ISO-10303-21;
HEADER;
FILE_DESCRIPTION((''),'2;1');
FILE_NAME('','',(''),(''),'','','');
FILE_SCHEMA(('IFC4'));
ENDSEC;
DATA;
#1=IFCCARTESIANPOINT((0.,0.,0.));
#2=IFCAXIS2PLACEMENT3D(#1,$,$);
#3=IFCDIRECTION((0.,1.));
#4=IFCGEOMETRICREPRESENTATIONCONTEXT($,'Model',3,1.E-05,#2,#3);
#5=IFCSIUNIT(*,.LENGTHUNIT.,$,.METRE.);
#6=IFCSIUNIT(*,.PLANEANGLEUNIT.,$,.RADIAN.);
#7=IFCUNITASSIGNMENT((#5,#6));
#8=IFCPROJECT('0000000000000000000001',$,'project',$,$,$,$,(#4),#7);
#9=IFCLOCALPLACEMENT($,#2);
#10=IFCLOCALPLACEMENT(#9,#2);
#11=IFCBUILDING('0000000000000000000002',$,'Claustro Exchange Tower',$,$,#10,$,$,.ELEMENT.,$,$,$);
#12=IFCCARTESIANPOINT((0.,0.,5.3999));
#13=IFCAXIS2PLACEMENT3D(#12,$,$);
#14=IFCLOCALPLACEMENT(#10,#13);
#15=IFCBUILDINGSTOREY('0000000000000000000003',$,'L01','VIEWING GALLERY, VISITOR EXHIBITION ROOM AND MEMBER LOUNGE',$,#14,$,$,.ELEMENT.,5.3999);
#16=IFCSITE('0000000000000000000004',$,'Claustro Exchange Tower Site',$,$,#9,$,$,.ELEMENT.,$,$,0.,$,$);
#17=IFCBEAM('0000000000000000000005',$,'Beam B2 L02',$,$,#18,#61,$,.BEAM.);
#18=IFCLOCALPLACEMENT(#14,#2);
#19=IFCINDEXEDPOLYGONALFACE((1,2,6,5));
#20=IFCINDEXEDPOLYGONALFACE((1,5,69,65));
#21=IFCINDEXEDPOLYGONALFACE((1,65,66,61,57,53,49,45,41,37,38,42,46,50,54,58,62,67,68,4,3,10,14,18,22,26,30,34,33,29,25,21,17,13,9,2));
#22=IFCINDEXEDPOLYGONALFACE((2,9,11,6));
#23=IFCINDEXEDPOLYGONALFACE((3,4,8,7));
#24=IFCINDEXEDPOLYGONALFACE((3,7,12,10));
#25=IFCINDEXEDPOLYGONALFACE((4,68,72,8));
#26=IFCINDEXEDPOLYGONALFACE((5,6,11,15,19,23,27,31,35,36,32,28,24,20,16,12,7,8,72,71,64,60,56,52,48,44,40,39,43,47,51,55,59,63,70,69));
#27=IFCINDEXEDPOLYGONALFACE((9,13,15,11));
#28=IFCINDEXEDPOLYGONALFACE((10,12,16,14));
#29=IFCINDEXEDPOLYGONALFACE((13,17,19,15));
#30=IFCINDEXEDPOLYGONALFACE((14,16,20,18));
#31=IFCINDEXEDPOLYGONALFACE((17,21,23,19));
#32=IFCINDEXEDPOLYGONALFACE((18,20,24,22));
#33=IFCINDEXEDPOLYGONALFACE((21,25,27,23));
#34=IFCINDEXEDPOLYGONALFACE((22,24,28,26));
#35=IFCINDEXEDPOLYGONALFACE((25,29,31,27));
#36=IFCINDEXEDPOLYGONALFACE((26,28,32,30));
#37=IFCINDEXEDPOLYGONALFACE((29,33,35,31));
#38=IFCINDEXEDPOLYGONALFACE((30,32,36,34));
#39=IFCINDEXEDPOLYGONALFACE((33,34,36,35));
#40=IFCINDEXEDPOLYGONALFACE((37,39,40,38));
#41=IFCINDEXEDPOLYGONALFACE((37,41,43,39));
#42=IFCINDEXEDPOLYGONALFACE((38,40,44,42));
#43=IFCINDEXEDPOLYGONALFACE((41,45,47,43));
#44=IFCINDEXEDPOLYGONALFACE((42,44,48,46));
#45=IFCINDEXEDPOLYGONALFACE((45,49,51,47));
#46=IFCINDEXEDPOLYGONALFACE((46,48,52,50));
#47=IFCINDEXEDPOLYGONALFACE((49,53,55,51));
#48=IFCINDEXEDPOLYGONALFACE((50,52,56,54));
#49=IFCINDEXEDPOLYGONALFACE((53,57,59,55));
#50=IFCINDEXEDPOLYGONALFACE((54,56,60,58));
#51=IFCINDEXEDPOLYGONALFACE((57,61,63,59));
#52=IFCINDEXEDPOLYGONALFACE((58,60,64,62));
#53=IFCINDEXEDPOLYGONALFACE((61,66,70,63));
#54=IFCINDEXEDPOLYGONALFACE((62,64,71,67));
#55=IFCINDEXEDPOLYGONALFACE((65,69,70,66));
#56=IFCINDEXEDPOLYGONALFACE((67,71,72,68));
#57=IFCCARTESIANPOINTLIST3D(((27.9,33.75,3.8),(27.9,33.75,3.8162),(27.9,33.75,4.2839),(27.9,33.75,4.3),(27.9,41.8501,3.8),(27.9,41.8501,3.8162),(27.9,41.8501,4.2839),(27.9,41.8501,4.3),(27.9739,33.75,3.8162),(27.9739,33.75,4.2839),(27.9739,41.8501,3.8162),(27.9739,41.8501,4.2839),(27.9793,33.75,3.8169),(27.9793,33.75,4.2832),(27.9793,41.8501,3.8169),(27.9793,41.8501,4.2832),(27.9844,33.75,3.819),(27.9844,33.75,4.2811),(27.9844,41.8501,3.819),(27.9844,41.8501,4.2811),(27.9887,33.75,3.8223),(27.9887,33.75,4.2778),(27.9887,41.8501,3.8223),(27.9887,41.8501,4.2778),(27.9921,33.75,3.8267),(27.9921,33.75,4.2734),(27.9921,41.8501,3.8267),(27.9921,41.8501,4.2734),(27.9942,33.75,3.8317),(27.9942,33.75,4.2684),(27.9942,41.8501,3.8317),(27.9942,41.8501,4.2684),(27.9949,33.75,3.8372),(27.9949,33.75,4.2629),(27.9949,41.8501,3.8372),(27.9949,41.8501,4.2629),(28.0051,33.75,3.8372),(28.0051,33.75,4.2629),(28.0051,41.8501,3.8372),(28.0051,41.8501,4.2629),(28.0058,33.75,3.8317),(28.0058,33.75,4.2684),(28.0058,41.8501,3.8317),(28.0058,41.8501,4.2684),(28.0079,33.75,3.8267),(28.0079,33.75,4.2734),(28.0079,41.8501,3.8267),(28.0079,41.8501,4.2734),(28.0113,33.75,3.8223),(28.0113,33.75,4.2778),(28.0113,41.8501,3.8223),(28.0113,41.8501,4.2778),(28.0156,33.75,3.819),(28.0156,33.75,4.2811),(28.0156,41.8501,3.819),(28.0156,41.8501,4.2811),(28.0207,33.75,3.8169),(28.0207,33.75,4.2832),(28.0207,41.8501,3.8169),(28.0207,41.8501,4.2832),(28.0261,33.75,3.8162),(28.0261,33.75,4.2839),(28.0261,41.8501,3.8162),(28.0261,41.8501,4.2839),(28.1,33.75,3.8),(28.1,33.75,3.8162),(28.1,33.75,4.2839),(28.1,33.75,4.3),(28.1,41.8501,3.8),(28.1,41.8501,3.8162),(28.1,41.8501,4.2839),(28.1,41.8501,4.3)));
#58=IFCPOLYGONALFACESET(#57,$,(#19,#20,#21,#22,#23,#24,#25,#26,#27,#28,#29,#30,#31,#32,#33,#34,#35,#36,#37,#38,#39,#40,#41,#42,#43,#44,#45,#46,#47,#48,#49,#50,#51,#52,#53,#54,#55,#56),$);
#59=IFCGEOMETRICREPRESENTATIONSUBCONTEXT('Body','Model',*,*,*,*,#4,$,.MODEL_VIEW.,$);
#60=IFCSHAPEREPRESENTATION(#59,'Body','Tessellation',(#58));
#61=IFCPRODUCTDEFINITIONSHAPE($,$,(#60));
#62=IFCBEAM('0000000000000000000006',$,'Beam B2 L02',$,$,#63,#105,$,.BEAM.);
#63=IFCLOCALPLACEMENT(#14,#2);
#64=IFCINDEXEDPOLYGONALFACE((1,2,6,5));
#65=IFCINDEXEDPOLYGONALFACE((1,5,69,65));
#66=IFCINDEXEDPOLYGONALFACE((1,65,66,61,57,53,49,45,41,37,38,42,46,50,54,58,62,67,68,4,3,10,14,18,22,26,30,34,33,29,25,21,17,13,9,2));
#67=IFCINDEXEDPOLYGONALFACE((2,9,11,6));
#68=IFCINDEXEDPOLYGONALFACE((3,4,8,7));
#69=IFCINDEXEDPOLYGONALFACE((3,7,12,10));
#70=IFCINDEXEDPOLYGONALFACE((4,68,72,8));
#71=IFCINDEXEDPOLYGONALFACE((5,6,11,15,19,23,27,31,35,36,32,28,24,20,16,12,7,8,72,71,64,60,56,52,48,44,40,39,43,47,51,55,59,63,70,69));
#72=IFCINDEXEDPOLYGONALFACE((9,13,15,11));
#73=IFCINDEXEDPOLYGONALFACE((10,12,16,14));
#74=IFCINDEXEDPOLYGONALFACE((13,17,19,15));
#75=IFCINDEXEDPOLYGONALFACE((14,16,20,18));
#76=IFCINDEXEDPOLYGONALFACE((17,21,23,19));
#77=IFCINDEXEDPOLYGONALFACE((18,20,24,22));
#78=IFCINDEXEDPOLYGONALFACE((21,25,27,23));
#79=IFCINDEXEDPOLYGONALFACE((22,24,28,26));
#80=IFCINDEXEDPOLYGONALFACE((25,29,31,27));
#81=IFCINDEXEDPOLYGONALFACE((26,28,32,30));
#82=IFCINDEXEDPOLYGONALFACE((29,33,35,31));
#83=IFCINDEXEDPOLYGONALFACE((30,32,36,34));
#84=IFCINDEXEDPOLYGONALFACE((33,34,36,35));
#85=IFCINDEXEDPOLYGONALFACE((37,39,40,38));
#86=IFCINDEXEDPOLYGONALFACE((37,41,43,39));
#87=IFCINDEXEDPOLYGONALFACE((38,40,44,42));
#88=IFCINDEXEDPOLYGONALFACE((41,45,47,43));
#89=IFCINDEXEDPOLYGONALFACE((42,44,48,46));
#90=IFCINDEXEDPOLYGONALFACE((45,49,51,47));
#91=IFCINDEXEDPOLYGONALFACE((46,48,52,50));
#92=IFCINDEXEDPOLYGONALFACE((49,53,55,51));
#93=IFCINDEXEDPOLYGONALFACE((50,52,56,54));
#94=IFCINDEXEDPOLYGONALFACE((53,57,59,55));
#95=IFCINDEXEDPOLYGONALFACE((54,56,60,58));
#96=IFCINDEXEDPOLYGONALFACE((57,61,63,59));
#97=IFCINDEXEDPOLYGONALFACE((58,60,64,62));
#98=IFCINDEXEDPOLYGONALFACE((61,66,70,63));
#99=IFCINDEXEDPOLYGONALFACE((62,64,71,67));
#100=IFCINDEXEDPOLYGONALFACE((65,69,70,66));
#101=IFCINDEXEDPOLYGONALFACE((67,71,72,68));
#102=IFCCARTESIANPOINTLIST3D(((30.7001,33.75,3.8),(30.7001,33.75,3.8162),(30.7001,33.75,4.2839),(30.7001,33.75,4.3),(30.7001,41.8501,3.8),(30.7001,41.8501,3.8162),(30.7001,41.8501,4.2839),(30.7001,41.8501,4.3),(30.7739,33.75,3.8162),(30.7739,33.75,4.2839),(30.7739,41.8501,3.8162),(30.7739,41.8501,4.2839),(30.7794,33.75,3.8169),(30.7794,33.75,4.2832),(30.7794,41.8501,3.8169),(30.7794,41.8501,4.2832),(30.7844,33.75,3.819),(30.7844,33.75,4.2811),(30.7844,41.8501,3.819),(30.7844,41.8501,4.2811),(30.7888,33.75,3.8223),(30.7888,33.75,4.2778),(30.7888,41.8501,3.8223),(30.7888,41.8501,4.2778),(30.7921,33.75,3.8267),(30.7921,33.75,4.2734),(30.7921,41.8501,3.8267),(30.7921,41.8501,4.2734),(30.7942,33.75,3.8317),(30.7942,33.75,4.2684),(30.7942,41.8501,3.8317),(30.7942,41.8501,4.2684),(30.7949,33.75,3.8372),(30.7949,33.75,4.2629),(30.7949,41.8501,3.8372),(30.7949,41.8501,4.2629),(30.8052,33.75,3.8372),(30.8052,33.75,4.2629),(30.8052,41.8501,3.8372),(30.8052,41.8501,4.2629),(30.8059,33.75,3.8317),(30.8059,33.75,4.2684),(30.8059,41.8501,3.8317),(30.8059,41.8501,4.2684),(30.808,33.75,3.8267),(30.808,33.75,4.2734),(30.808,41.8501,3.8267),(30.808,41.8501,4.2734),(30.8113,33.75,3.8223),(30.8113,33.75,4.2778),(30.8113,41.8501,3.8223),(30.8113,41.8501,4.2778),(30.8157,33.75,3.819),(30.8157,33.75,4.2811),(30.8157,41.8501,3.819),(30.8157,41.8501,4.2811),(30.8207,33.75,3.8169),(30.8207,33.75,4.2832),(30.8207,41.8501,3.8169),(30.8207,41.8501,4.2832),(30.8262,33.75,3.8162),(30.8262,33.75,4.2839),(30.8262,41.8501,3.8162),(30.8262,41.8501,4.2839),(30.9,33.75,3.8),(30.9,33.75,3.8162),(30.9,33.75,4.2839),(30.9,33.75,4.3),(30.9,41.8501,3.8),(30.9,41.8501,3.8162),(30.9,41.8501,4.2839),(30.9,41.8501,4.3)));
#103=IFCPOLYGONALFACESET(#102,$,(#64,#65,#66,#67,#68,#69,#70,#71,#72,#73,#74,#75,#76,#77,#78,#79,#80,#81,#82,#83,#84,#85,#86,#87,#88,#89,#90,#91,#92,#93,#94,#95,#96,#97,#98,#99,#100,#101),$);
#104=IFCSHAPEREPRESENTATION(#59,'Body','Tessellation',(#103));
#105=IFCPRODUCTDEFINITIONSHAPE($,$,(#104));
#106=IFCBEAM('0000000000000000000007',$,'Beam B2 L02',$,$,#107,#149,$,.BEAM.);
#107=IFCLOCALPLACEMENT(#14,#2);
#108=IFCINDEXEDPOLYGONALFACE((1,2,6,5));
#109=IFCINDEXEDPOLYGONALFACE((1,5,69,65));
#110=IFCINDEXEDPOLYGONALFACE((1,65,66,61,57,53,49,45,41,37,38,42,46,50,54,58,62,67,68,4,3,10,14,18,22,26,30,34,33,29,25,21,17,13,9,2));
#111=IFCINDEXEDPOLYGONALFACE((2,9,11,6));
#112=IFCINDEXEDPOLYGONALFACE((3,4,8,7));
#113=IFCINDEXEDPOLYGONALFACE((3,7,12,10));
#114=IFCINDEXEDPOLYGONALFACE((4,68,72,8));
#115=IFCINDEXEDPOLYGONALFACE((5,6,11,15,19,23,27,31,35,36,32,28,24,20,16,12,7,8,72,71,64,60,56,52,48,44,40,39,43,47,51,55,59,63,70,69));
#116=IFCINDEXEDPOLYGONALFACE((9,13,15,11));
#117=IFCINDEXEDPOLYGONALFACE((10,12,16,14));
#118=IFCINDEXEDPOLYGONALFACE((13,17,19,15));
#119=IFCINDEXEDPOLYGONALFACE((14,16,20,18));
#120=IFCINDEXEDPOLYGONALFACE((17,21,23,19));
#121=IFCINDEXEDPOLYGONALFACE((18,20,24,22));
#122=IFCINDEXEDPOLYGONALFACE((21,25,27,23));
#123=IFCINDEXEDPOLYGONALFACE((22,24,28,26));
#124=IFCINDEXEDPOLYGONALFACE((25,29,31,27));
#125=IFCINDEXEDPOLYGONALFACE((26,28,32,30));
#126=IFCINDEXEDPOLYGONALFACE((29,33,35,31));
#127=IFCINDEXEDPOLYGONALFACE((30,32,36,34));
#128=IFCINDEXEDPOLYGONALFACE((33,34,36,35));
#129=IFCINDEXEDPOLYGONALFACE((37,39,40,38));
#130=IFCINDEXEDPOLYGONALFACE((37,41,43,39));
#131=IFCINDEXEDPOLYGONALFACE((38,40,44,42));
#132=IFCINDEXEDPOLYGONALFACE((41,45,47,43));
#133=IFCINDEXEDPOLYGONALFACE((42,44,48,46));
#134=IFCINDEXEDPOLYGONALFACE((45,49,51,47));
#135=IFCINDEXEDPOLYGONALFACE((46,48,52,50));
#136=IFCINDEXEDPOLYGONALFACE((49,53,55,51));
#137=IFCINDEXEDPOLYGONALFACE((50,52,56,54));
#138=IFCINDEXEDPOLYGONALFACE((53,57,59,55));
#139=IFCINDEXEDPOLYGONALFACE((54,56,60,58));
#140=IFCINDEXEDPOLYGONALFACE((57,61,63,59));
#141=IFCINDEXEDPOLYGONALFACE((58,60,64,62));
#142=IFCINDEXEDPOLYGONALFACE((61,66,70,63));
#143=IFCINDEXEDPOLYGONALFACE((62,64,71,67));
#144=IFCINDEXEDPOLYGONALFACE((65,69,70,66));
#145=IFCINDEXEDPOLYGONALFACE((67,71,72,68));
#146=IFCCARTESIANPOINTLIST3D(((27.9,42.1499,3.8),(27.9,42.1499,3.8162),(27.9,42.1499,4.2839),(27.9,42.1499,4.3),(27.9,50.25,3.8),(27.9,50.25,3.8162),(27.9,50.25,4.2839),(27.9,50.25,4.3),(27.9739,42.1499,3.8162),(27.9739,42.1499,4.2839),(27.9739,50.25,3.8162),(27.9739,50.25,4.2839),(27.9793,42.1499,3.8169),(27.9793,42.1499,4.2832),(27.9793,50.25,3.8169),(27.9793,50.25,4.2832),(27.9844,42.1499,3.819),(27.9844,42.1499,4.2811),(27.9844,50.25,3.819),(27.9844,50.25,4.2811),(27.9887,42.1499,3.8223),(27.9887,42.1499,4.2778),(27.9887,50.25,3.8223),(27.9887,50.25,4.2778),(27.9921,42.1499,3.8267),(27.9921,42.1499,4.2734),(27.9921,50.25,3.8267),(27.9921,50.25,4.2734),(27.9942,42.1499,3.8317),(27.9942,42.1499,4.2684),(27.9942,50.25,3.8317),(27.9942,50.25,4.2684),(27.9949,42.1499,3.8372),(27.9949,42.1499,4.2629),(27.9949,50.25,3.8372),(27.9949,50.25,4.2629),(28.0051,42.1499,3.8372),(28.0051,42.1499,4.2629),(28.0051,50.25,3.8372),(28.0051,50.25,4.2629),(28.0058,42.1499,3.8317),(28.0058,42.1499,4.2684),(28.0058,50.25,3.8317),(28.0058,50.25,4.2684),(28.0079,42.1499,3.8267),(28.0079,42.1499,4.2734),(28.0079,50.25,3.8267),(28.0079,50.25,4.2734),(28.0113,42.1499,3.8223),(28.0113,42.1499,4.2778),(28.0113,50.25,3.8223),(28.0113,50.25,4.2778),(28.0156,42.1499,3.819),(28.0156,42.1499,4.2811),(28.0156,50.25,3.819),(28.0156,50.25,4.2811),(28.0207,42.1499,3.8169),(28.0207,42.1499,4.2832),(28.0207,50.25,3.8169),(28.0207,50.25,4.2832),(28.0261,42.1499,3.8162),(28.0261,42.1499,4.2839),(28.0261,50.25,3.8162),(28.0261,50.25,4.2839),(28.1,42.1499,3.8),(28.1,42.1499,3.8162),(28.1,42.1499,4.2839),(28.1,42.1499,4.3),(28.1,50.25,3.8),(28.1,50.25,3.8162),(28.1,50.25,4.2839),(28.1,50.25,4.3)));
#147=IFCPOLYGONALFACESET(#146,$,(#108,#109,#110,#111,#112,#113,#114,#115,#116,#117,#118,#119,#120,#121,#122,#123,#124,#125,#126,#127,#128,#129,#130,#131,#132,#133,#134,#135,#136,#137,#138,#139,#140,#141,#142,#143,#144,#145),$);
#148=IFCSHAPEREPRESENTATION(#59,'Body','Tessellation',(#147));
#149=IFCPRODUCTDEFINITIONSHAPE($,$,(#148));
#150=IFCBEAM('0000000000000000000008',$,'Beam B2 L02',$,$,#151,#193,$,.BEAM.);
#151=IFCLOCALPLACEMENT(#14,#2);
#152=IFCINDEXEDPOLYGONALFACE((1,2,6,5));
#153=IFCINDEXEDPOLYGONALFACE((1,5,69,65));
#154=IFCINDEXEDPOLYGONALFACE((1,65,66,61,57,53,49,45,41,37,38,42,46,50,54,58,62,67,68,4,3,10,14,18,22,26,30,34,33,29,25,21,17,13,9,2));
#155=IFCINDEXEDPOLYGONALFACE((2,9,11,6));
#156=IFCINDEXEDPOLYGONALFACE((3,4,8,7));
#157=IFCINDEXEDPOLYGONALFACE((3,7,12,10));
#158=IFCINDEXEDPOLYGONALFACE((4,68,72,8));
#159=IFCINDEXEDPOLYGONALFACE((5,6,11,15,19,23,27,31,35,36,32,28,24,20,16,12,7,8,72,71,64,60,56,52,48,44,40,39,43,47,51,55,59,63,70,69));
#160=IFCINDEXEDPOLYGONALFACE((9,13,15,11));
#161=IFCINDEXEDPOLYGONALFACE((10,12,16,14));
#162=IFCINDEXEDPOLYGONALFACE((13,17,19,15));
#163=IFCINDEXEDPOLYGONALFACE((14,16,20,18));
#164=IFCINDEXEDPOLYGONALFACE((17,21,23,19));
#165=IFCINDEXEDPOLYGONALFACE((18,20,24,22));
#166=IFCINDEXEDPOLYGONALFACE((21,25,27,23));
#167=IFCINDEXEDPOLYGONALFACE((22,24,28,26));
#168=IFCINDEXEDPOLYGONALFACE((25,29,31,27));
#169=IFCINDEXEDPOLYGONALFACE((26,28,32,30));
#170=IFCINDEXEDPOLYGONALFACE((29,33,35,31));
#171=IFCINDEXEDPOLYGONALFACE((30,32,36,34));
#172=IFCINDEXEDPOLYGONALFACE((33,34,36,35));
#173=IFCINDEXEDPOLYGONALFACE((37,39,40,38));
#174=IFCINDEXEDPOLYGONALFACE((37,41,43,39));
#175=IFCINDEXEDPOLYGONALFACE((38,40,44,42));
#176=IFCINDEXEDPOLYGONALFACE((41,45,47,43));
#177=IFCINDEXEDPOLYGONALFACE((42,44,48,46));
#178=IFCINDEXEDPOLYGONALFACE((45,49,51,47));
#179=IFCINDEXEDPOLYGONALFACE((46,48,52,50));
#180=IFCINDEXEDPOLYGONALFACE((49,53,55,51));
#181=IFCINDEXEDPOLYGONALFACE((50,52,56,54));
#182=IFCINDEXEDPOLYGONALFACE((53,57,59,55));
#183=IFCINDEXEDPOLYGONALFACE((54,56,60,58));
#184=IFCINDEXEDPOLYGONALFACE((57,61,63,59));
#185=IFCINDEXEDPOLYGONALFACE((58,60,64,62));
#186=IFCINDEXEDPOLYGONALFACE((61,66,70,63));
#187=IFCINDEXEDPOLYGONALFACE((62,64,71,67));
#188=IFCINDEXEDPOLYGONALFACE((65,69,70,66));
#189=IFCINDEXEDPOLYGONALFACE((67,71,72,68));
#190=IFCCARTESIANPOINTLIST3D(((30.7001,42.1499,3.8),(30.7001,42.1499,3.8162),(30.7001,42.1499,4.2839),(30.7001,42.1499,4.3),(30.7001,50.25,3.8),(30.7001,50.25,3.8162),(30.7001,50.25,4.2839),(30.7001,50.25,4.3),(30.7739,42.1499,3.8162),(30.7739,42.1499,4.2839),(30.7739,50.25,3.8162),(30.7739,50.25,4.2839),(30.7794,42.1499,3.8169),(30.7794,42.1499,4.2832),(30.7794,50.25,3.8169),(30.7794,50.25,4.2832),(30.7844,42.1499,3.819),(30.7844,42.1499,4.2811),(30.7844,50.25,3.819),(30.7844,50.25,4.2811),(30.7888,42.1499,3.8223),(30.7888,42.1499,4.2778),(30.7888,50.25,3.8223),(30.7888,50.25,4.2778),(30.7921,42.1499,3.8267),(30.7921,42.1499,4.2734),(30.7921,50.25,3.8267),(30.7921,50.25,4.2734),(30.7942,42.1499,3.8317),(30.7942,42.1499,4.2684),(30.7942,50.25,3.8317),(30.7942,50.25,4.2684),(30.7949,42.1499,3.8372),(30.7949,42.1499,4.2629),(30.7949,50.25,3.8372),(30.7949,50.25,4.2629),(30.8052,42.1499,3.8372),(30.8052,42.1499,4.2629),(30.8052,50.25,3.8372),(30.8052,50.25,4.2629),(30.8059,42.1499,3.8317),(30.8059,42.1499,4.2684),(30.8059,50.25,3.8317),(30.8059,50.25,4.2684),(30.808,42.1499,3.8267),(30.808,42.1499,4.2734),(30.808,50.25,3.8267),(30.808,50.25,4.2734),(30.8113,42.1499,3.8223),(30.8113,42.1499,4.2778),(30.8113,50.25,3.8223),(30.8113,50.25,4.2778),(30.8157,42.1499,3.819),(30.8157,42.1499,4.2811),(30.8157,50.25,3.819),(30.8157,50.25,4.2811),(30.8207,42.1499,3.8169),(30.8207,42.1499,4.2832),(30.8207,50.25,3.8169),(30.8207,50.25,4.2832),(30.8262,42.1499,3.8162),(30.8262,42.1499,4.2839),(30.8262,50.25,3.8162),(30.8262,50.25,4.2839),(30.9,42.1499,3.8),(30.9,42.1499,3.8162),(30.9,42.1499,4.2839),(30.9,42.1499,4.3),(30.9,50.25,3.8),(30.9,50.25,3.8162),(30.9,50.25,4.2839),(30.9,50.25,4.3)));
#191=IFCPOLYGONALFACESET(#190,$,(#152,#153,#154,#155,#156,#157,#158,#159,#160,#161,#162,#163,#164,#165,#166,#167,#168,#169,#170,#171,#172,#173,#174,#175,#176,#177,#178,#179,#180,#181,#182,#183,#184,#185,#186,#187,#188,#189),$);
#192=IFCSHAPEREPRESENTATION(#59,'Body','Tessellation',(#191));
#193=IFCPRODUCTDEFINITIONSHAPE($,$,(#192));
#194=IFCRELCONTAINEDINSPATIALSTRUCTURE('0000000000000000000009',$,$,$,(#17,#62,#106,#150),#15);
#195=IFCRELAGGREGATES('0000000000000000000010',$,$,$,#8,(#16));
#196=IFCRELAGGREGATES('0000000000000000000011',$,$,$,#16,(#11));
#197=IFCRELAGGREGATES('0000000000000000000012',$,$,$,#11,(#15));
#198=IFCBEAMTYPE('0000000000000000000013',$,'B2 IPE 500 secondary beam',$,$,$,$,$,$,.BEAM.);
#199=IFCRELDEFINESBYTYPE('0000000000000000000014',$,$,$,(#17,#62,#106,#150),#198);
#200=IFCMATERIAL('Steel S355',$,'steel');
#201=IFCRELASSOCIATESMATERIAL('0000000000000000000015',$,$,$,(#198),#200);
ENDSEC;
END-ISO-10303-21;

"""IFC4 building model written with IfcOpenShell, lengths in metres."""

from ifc_helpers import new_model, si_unit, direction, frame, origin, origin_2d, place, context, subcontext, project, spatial, i_section, extrude, material, material_profile, profile_set, type_object, element, save


model = new_model("IFC4")

# Units and contexts
model_context = context("Model", 3, precision=1e-05, world=origin(), true_north=direction((0.0, 1.0)))
body_context = subcontext(model_context, "Body", "Model", "MODEL_VIEW")
ifc_project = project(units=[si_unit("LENGTHUNIT", "METRE"), si_unit("PLANEANGLEUNIT", "RADIAN")], contexts=[model_context])

# Site, building, storey
site_placement = place(None, origin())
site = spatial("IfcSite", under=ifc_project, at=site_placement, Name="Claustro Exchange Tower Site", CompositionType="ELEMENT", RefElevation=0.0)
building_placement = place(site_placement, origin())
building = spatial("IfcBuilding", under=site, at=building_placement, Name="Claustro Exchange Tower", CompositionType="ELEMENT")
storey_placement = place(building_placement, frame((0.0, 0.0, 5.3999)))
storey = spatial("IfcBuildingStorey", under=building, at=storey_placement, Name="L01", Description="VIEWING GALLERY, VISITOR EXHIBITION ROOM AND MEMBER LOUNGE", CompositionType="ELEMENT", Elevation=5.3999)

# Beams
ifc_material_1 = material(Name="Steel S355", Category="steel")
ifc_material_profile_1 = material_profile(ifc_material_1, i_section(OverallWidth=0.2, OverallDepth=0.5, WebThickness=0.0103, FlangeThickness=0.0161, FilletRadius=0.021, at=origin_2d()), Name="IPE 500")
ifc_profile_set_1 = profile_set([ifc_material_profile_1], Name="Steel S355")
beam_type_1 = type_object("IfcBeamType", Name="B2 IPE 500 secondary beam", PredefinedType="BEAM", material=ifc_profile_set_1)
for number, where, z_axis, x_axis, name in (
    (1, (28.0, 33.75, 4.05), (0.0, 1.0, 0.0), (-1.0, 0.0, 0.0), "Beam B2 L02"),
    (2, (30.8, 33.75, 4.05), (0.0, 1.0, 0.0), (-1.0, 0.0, 0.0), "Beam B2 L02"),
    (3, (28.0, 42.1499, 4.05), (0.0, 1.0, 0.0), (-1.0, 0.0, 0.0), "Beam B2 L02"),
    (4, (30.8, 42.1499, 4.05), (0.0, 1.0, 0.0), (-1.0, 0.0, 0.0), "Beam B2 L02"),
):
    element("IfcBeam", number, at=place(storey_placement, frame(where, z_axis=z_axis, x_axis=x_axis)), inside=storey, type_object=beam_type_1, Name=name, PredefinedType="BEAM", context=body_context, shape_type="SweptSolid", body=[
        extrude(i_section(OverallWidth=0.2, OverallDepth=0.5, WebThickness=0.0103, FlangeThickness=0.0161, FilletRadius=0.021, at=origin_2d()), origin(), (0.0, 0.0, 1.0), 8.1001),
    ])

save(model, "model.ifc")
